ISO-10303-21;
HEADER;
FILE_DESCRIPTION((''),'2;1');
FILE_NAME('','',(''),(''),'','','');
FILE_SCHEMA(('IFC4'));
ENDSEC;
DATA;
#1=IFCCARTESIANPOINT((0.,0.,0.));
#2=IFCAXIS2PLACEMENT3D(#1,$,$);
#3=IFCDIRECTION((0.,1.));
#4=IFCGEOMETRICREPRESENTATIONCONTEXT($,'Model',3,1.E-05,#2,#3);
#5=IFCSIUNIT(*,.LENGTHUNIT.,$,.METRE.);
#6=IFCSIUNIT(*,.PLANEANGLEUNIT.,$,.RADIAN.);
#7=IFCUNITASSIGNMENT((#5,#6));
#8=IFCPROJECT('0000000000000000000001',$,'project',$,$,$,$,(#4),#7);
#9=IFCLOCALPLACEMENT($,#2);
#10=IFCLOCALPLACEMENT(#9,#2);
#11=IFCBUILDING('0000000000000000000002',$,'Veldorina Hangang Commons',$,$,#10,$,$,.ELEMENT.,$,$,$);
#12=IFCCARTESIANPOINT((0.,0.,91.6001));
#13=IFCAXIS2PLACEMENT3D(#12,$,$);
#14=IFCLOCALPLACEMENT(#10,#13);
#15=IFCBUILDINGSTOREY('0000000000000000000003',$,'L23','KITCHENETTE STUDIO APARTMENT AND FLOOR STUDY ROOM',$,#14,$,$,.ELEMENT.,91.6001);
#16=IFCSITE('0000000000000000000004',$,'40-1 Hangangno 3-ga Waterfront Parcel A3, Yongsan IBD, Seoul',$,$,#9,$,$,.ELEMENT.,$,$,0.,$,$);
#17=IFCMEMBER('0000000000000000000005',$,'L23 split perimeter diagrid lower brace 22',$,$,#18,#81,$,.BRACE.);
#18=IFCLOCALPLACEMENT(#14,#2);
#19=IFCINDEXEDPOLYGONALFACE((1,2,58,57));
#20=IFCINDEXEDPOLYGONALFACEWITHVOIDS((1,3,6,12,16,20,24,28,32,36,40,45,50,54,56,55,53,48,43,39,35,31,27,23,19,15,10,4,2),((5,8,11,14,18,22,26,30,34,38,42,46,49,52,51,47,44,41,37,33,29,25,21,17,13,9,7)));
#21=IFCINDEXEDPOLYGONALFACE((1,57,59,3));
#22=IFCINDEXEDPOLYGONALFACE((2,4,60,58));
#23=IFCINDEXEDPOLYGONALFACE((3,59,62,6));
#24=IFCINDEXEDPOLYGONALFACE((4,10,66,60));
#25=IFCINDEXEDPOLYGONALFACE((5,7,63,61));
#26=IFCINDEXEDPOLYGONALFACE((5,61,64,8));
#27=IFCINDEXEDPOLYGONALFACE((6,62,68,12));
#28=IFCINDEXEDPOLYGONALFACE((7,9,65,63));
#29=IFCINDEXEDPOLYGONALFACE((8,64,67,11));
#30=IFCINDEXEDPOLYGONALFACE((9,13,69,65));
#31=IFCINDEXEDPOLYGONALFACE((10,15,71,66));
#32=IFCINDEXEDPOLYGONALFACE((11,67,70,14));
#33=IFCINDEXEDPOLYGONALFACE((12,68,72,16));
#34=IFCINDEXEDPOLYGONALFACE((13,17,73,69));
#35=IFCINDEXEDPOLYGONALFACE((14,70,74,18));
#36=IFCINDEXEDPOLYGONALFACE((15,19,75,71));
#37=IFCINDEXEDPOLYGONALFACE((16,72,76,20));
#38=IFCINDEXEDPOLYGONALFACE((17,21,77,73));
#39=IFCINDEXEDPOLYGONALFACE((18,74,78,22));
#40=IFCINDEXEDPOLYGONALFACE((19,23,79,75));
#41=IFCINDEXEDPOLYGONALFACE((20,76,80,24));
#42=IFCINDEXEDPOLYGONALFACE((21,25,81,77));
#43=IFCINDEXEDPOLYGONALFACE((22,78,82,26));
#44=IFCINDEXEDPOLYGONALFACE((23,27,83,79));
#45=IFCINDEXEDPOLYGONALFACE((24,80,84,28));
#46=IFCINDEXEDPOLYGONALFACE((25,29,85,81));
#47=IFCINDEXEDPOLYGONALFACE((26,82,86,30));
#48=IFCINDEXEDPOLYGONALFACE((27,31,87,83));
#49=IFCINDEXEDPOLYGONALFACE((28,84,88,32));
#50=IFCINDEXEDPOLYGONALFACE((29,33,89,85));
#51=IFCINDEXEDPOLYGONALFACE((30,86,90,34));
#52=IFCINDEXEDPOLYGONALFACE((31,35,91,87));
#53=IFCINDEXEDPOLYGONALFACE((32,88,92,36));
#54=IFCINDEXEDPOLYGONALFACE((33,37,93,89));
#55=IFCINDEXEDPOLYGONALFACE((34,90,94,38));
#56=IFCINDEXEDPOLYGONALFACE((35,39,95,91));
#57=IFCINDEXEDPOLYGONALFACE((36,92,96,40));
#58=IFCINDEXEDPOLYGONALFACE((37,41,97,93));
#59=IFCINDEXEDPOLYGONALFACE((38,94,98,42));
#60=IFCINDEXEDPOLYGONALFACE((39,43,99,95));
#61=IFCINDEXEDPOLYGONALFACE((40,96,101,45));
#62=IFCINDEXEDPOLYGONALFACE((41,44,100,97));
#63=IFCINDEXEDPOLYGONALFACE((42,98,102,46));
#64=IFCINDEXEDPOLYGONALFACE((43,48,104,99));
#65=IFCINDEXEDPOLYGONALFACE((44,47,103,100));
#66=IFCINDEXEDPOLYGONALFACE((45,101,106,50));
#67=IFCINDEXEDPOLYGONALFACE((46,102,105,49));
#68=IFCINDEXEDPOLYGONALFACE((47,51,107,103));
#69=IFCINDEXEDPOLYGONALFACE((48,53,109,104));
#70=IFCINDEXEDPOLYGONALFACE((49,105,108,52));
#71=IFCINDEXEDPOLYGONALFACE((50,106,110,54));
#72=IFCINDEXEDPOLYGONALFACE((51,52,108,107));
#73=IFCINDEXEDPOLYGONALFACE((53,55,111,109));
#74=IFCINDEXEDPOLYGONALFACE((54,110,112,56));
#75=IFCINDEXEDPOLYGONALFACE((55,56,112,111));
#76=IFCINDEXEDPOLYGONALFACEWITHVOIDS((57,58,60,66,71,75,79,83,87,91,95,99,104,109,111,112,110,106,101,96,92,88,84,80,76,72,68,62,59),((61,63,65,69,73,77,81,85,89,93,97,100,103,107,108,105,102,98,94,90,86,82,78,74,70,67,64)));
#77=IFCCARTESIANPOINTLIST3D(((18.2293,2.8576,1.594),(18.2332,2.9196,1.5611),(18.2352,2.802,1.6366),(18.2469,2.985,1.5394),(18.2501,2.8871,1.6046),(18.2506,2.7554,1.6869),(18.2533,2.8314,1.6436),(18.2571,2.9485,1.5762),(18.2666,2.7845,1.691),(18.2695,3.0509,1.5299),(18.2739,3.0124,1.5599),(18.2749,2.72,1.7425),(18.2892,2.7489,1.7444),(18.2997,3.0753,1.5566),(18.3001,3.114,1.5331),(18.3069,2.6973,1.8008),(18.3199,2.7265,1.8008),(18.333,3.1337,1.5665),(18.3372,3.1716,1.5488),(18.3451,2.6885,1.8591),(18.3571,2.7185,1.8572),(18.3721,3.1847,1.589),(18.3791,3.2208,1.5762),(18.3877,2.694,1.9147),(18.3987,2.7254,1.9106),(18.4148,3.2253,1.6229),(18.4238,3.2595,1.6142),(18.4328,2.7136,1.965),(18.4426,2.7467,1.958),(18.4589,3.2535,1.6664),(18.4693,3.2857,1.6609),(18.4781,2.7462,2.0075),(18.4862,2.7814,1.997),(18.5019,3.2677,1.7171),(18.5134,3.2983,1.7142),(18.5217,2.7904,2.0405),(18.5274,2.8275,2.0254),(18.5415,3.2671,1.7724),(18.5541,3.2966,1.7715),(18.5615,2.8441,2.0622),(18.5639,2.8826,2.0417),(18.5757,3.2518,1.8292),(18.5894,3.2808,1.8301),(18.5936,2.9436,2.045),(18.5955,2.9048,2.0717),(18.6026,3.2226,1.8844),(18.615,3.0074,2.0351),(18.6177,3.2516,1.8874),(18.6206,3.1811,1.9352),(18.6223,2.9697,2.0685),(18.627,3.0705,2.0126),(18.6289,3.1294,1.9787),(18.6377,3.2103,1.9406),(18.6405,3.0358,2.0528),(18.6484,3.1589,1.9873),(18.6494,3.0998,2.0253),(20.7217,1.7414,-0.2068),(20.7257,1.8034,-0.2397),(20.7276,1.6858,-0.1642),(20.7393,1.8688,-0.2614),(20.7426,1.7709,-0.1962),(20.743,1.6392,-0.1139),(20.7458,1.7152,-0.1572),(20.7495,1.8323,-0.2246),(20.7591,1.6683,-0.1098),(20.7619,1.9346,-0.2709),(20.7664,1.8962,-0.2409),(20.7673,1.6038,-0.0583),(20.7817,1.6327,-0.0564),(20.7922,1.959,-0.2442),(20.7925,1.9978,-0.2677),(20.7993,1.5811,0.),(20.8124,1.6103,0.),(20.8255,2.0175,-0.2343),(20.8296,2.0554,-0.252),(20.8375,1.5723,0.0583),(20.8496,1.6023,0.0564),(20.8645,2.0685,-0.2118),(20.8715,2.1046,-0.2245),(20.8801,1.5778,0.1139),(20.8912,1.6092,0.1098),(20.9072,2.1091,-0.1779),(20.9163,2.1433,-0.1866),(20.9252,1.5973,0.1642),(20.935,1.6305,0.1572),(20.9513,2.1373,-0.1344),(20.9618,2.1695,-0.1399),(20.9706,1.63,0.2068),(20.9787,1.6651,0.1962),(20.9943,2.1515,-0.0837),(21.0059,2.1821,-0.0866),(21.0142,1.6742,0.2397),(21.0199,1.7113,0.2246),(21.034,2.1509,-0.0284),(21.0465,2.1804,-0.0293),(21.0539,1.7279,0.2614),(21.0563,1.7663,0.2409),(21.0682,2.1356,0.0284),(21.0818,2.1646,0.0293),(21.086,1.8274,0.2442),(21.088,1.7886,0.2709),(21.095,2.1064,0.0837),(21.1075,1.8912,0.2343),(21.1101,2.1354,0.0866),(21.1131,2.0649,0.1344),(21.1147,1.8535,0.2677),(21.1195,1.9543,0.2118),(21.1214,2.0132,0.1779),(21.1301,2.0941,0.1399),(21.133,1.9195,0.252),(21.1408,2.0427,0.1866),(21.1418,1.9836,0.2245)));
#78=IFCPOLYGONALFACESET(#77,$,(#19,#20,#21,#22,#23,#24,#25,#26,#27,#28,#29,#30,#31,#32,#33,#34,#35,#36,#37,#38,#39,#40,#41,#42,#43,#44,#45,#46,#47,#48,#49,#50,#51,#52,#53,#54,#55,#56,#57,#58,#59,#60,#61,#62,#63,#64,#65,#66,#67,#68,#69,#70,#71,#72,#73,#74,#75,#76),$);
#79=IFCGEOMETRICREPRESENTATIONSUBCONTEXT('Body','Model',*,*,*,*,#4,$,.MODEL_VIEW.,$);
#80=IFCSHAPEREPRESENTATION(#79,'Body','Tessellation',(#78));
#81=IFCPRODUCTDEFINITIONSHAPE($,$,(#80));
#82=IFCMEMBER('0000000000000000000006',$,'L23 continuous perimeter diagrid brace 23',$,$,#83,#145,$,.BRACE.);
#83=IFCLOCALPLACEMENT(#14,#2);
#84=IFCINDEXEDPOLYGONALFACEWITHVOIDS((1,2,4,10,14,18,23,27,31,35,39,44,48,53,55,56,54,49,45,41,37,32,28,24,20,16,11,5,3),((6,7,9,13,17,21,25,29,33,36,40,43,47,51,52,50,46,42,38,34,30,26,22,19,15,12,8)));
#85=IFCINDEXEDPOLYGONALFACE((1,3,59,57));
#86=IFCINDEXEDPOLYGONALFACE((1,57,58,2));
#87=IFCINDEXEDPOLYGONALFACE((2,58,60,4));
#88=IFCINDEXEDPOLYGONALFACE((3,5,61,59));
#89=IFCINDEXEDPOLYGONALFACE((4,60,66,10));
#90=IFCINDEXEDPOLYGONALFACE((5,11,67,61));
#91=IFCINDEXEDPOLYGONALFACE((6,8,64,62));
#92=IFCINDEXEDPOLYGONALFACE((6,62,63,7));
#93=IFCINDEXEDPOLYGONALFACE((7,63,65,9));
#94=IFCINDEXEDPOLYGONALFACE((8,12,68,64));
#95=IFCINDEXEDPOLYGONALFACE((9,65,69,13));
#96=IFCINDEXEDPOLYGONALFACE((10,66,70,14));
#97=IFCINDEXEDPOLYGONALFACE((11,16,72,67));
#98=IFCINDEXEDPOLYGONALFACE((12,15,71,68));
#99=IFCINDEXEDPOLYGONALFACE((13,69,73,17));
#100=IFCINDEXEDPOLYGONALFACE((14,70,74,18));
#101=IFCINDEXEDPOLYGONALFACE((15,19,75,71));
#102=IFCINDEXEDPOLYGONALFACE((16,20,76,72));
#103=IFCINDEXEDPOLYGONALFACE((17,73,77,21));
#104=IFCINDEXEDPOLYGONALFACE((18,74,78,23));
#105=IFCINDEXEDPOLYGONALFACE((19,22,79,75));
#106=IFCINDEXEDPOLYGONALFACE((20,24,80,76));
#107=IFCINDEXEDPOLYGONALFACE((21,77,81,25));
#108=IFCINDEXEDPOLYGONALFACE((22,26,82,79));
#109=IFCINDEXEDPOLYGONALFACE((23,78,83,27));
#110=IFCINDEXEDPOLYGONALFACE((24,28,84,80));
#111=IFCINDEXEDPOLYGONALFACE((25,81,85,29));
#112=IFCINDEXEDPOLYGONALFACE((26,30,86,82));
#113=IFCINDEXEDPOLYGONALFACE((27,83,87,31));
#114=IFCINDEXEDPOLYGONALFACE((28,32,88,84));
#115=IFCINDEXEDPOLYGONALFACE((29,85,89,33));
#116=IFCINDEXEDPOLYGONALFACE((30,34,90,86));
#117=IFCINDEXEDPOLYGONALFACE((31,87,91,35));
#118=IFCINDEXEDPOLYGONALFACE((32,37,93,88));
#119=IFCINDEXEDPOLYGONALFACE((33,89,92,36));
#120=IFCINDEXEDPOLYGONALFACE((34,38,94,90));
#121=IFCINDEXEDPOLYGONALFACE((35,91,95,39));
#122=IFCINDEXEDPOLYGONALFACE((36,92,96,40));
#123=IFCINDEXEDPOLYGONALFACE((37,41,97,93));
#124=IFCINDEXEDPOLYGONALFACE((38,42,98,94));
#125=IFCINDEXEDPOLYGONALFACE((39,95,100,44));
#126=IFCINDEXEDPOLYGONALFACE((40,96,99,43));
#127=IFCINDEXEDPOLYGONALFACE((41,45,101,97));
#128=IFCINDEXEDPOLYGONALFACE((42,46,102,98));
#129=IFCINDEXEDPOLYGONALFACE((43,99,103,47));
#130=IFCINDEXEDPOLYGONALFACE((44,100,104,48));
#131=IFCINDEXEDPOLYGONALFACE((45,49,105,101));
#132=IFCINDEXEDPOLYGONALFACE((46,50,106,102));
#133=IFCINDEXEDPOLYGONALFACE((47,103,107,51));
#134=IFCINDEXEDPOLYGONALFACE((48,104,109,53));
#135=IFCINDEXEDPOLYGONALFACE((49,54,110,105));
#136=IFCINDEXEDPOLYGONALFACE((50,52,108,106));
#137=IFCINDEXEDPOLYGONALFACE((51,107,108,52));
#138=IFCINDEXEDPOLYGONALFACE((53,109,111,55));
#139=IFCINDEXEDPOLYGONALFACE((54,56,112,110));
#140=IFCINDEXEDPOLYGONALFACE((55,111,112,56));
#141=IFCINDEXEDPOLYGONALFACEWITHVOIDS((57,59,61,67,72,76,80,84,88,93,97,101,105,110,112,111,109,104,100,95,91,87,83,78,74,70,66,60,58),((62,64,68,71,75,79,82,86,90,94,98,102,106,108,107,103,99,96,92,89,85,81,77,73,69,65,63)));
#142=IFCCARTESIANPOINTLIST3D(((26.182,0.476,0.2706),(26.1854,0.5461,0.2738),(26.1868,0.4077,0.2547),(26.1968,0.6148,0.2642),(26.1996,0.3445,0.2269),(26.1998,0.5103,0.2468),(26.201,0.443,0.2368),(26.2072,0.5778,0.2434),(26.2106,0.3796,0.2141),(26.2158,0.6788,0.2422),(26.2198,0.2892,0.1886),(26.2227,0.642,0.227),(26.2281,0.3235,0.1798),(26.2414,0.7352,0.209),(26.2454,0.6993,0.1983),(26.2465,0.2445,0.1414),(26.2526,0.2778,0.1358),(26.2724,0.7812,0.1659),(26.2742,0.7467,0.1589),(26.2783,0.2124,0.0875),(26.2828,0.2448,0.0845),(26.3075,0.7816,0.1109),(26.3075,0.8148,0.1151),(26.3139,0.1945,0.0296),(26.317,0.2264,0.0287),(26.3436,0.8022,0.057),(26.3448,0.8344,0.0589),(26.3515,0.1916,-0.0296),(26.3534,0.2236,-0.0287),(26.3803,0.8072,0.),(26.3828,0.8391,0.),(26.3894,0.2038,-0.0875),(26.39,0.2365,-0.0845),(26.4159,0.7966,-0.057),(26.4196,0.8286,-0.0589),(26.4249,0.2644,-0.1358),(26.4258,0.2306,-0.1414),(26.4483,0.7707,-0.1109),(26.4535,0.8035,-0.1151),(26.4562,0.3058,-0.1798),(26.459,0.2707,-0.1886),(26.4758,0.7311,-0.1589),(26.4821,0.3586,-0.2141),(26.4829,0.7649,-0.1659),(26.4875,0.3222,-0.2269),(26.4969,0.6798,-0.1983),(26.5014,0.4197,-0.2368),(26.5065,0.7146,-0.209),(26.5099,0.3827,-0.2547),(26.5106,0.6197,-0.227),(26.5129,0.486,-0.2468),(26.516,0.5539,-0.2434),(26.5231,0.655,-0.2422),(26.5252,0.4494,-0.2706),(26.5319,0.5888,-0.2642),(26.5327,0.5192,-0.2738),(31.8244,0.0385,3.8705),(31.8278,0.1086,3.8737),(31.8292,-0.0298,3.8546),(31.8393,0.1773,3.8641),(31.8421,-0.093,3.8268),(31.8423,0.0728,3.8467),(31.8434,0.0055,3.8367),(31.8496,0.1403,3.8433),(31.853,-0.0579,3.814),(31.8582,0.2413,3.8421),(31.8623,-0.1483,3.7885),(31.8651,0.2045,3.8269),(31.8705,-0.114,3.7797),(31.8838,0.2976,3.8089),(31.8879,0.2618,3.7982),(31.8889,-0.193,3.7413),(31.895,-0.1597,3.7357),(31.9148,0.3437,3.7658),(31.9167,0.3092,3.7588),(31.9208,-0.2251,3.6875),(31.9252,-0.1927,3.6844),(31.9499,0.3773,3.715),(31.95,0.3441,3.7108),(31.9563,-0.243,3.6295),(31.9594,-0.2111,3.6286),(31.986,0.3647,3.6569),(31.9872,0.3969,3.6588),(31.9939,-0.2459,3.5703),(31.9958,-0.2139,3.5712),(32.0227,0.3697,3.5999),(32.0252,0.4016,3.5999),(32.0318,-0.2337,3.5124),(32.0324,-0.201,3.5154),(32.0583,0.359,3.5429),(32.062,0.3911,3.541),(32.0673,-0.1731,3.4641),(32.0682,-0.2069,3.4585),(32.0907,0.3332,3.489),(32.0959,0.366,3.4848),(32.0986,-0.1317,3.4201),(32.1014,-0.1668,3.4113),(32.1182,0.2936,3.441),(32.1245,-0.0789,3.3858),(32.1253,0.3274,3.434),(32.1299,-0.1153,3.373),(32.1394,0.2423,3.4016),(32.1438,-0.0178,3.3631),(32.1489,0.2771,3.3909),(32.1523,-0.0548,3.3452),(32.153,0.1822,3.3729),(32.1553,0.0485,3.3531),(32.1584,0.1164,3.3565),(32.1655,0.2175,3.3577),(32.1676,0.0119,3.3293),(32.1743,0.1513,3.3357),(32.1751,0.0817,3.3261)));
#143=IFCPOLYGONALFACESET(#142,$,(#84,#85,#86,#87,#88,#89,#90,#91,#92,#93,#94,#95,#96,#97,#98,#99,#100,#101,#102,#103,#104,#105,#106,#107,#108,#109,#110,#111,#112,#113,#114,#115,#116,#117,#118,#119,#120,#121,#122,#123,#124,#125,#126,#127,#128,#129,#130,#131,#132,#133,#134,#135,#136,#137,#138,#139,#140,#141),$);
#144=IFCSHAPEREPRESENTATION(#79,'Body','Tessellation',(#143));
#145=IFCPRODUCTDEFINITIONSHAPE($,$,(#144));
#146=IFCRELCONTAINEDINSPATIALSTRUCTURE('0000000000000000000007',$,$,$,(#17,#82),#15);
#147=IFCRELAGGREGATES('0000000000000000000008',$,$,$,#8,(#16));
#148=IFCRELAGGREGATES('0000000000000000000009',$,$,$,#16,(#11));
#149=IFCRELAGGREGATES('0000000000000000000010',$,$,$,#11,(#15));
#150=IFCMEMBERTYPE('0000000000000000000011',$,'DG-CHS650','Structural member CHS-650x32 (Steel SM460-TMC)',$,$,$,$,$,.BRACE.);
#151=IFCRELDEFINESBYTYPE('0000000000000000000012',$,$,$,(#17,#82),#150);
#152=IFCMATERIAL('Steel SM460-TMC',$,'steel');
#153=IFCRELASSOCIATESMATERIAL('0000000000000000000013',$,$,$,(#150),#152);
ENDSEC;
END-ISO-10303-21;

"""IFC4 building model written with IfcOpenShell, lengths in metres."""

from ifc_helpers import new_model, si_unit, direction, frame, origin, origin_2d, place, context, subcontext, project, spatial, hollow_circle, extrude, material, material_profile, profile_set, type_object, element, save


model = new_model("IFC4")

# Units and contexts
model_context = context("Model", 3, precision=1e-05, world=origin(), true_north=direction((0.0, 1.0)))
body_context = subcontext(model_context, "Body", "Model", "MODEL_VIEW")
ifc_project = project(units=[si_unit("LENGTHUNIT", "METRE"), si_unit("PLANEANGLEUNIT", "RADIAN")], contexts=[model_context])

# Site, building, storey
site_placement = place(None, origin())
site = spatial("IfcSite", under=ifc_project, at=site_placement, Name="40-1 Hangangno 3-ga Waterfront Parcel A3, Yongsan IBD, Seoul", CompositionType="ELEMENT", RefElevation=0.0)
building_placement = place(site_placement, origin())
building = spatial("IfcBuilding", under=site, at=building_placement, Name="Veldorina Hangang Commons", CompositionType="ELEMENT")
storey_placement = place(building_placement, frame((0.0, 0.0, 91.6001)))
storey = spatial("IfcBuildingStorey", under=building, at=storey_placement, Name="L23", Description="KITCHENETTE STUDIO APARTMENT AND FLOOR STUDY ROOM", CompositionType="ELEMENT", Elevation=91.6001)

# Members
ifc_material_1 = material(Name="Steel SM460-TMC", Category="steel")
ifc_material_profile_1 = material_profile(ifc_material_1, hollow_circle(Radius=0.325, WallThickness=0.032, at=origin_2d()), Name="CHS-650x32")
ifc_profile_set_1 = profile_set([ifc_material_profile_1], Name="Steel SM460-TMC")
member_type_1 = type_object("IfcMemberType", Name="DG-CHS650", Description="Structural member CHS-650x32 (Steel SM460-TMC)", PredefinedType="BRACE", material=ifc_profile_set_1)
member_1_placement = place(storey_placement, frame((20.9321, 1.8777, 0.0), z_axis=(-0.761925, 0.34122, 0.55049), x_axis=(-0.408725, -0.912658, 0.0)))
element("IfcMember", 1, at=member_1_placement, inside=storey, type_object=member_type_1, Name="L23 split perimeter diagrid lower brace 22", PredefinedType="BRACE", context=body_context, shape_type="SweptSolid", body=[
    extrude(hollow_circle(Radius=0.325, WallThickness=0.032, at=origin_2d()), origin(), (0.0, 0.0, 1.0), 3.2712),
])
member_2_placement = place(storey_placement, frame((26.3577, 0.5151, 0.0), z_axis=(0.841238, -0.065229, 0.536716), x_axis=(0.077307, 0.997007, 0.0)))
element("IfcMember", 2, at=member_2_placement, inside=storey, type_object=member_type_1, Name="L23 continuous perimeter diagrid brace 23", PredefinedType="BRACE", context=body_context, shape_type="SweptSolid", body=[
    extrude(hollow_circle(Radius=0.325, WallThickness=0.032, at=origin_2d()), origin(), (0.0, 0.0, 1.0), 6.7073),
])

save(model, "model.ifc")
